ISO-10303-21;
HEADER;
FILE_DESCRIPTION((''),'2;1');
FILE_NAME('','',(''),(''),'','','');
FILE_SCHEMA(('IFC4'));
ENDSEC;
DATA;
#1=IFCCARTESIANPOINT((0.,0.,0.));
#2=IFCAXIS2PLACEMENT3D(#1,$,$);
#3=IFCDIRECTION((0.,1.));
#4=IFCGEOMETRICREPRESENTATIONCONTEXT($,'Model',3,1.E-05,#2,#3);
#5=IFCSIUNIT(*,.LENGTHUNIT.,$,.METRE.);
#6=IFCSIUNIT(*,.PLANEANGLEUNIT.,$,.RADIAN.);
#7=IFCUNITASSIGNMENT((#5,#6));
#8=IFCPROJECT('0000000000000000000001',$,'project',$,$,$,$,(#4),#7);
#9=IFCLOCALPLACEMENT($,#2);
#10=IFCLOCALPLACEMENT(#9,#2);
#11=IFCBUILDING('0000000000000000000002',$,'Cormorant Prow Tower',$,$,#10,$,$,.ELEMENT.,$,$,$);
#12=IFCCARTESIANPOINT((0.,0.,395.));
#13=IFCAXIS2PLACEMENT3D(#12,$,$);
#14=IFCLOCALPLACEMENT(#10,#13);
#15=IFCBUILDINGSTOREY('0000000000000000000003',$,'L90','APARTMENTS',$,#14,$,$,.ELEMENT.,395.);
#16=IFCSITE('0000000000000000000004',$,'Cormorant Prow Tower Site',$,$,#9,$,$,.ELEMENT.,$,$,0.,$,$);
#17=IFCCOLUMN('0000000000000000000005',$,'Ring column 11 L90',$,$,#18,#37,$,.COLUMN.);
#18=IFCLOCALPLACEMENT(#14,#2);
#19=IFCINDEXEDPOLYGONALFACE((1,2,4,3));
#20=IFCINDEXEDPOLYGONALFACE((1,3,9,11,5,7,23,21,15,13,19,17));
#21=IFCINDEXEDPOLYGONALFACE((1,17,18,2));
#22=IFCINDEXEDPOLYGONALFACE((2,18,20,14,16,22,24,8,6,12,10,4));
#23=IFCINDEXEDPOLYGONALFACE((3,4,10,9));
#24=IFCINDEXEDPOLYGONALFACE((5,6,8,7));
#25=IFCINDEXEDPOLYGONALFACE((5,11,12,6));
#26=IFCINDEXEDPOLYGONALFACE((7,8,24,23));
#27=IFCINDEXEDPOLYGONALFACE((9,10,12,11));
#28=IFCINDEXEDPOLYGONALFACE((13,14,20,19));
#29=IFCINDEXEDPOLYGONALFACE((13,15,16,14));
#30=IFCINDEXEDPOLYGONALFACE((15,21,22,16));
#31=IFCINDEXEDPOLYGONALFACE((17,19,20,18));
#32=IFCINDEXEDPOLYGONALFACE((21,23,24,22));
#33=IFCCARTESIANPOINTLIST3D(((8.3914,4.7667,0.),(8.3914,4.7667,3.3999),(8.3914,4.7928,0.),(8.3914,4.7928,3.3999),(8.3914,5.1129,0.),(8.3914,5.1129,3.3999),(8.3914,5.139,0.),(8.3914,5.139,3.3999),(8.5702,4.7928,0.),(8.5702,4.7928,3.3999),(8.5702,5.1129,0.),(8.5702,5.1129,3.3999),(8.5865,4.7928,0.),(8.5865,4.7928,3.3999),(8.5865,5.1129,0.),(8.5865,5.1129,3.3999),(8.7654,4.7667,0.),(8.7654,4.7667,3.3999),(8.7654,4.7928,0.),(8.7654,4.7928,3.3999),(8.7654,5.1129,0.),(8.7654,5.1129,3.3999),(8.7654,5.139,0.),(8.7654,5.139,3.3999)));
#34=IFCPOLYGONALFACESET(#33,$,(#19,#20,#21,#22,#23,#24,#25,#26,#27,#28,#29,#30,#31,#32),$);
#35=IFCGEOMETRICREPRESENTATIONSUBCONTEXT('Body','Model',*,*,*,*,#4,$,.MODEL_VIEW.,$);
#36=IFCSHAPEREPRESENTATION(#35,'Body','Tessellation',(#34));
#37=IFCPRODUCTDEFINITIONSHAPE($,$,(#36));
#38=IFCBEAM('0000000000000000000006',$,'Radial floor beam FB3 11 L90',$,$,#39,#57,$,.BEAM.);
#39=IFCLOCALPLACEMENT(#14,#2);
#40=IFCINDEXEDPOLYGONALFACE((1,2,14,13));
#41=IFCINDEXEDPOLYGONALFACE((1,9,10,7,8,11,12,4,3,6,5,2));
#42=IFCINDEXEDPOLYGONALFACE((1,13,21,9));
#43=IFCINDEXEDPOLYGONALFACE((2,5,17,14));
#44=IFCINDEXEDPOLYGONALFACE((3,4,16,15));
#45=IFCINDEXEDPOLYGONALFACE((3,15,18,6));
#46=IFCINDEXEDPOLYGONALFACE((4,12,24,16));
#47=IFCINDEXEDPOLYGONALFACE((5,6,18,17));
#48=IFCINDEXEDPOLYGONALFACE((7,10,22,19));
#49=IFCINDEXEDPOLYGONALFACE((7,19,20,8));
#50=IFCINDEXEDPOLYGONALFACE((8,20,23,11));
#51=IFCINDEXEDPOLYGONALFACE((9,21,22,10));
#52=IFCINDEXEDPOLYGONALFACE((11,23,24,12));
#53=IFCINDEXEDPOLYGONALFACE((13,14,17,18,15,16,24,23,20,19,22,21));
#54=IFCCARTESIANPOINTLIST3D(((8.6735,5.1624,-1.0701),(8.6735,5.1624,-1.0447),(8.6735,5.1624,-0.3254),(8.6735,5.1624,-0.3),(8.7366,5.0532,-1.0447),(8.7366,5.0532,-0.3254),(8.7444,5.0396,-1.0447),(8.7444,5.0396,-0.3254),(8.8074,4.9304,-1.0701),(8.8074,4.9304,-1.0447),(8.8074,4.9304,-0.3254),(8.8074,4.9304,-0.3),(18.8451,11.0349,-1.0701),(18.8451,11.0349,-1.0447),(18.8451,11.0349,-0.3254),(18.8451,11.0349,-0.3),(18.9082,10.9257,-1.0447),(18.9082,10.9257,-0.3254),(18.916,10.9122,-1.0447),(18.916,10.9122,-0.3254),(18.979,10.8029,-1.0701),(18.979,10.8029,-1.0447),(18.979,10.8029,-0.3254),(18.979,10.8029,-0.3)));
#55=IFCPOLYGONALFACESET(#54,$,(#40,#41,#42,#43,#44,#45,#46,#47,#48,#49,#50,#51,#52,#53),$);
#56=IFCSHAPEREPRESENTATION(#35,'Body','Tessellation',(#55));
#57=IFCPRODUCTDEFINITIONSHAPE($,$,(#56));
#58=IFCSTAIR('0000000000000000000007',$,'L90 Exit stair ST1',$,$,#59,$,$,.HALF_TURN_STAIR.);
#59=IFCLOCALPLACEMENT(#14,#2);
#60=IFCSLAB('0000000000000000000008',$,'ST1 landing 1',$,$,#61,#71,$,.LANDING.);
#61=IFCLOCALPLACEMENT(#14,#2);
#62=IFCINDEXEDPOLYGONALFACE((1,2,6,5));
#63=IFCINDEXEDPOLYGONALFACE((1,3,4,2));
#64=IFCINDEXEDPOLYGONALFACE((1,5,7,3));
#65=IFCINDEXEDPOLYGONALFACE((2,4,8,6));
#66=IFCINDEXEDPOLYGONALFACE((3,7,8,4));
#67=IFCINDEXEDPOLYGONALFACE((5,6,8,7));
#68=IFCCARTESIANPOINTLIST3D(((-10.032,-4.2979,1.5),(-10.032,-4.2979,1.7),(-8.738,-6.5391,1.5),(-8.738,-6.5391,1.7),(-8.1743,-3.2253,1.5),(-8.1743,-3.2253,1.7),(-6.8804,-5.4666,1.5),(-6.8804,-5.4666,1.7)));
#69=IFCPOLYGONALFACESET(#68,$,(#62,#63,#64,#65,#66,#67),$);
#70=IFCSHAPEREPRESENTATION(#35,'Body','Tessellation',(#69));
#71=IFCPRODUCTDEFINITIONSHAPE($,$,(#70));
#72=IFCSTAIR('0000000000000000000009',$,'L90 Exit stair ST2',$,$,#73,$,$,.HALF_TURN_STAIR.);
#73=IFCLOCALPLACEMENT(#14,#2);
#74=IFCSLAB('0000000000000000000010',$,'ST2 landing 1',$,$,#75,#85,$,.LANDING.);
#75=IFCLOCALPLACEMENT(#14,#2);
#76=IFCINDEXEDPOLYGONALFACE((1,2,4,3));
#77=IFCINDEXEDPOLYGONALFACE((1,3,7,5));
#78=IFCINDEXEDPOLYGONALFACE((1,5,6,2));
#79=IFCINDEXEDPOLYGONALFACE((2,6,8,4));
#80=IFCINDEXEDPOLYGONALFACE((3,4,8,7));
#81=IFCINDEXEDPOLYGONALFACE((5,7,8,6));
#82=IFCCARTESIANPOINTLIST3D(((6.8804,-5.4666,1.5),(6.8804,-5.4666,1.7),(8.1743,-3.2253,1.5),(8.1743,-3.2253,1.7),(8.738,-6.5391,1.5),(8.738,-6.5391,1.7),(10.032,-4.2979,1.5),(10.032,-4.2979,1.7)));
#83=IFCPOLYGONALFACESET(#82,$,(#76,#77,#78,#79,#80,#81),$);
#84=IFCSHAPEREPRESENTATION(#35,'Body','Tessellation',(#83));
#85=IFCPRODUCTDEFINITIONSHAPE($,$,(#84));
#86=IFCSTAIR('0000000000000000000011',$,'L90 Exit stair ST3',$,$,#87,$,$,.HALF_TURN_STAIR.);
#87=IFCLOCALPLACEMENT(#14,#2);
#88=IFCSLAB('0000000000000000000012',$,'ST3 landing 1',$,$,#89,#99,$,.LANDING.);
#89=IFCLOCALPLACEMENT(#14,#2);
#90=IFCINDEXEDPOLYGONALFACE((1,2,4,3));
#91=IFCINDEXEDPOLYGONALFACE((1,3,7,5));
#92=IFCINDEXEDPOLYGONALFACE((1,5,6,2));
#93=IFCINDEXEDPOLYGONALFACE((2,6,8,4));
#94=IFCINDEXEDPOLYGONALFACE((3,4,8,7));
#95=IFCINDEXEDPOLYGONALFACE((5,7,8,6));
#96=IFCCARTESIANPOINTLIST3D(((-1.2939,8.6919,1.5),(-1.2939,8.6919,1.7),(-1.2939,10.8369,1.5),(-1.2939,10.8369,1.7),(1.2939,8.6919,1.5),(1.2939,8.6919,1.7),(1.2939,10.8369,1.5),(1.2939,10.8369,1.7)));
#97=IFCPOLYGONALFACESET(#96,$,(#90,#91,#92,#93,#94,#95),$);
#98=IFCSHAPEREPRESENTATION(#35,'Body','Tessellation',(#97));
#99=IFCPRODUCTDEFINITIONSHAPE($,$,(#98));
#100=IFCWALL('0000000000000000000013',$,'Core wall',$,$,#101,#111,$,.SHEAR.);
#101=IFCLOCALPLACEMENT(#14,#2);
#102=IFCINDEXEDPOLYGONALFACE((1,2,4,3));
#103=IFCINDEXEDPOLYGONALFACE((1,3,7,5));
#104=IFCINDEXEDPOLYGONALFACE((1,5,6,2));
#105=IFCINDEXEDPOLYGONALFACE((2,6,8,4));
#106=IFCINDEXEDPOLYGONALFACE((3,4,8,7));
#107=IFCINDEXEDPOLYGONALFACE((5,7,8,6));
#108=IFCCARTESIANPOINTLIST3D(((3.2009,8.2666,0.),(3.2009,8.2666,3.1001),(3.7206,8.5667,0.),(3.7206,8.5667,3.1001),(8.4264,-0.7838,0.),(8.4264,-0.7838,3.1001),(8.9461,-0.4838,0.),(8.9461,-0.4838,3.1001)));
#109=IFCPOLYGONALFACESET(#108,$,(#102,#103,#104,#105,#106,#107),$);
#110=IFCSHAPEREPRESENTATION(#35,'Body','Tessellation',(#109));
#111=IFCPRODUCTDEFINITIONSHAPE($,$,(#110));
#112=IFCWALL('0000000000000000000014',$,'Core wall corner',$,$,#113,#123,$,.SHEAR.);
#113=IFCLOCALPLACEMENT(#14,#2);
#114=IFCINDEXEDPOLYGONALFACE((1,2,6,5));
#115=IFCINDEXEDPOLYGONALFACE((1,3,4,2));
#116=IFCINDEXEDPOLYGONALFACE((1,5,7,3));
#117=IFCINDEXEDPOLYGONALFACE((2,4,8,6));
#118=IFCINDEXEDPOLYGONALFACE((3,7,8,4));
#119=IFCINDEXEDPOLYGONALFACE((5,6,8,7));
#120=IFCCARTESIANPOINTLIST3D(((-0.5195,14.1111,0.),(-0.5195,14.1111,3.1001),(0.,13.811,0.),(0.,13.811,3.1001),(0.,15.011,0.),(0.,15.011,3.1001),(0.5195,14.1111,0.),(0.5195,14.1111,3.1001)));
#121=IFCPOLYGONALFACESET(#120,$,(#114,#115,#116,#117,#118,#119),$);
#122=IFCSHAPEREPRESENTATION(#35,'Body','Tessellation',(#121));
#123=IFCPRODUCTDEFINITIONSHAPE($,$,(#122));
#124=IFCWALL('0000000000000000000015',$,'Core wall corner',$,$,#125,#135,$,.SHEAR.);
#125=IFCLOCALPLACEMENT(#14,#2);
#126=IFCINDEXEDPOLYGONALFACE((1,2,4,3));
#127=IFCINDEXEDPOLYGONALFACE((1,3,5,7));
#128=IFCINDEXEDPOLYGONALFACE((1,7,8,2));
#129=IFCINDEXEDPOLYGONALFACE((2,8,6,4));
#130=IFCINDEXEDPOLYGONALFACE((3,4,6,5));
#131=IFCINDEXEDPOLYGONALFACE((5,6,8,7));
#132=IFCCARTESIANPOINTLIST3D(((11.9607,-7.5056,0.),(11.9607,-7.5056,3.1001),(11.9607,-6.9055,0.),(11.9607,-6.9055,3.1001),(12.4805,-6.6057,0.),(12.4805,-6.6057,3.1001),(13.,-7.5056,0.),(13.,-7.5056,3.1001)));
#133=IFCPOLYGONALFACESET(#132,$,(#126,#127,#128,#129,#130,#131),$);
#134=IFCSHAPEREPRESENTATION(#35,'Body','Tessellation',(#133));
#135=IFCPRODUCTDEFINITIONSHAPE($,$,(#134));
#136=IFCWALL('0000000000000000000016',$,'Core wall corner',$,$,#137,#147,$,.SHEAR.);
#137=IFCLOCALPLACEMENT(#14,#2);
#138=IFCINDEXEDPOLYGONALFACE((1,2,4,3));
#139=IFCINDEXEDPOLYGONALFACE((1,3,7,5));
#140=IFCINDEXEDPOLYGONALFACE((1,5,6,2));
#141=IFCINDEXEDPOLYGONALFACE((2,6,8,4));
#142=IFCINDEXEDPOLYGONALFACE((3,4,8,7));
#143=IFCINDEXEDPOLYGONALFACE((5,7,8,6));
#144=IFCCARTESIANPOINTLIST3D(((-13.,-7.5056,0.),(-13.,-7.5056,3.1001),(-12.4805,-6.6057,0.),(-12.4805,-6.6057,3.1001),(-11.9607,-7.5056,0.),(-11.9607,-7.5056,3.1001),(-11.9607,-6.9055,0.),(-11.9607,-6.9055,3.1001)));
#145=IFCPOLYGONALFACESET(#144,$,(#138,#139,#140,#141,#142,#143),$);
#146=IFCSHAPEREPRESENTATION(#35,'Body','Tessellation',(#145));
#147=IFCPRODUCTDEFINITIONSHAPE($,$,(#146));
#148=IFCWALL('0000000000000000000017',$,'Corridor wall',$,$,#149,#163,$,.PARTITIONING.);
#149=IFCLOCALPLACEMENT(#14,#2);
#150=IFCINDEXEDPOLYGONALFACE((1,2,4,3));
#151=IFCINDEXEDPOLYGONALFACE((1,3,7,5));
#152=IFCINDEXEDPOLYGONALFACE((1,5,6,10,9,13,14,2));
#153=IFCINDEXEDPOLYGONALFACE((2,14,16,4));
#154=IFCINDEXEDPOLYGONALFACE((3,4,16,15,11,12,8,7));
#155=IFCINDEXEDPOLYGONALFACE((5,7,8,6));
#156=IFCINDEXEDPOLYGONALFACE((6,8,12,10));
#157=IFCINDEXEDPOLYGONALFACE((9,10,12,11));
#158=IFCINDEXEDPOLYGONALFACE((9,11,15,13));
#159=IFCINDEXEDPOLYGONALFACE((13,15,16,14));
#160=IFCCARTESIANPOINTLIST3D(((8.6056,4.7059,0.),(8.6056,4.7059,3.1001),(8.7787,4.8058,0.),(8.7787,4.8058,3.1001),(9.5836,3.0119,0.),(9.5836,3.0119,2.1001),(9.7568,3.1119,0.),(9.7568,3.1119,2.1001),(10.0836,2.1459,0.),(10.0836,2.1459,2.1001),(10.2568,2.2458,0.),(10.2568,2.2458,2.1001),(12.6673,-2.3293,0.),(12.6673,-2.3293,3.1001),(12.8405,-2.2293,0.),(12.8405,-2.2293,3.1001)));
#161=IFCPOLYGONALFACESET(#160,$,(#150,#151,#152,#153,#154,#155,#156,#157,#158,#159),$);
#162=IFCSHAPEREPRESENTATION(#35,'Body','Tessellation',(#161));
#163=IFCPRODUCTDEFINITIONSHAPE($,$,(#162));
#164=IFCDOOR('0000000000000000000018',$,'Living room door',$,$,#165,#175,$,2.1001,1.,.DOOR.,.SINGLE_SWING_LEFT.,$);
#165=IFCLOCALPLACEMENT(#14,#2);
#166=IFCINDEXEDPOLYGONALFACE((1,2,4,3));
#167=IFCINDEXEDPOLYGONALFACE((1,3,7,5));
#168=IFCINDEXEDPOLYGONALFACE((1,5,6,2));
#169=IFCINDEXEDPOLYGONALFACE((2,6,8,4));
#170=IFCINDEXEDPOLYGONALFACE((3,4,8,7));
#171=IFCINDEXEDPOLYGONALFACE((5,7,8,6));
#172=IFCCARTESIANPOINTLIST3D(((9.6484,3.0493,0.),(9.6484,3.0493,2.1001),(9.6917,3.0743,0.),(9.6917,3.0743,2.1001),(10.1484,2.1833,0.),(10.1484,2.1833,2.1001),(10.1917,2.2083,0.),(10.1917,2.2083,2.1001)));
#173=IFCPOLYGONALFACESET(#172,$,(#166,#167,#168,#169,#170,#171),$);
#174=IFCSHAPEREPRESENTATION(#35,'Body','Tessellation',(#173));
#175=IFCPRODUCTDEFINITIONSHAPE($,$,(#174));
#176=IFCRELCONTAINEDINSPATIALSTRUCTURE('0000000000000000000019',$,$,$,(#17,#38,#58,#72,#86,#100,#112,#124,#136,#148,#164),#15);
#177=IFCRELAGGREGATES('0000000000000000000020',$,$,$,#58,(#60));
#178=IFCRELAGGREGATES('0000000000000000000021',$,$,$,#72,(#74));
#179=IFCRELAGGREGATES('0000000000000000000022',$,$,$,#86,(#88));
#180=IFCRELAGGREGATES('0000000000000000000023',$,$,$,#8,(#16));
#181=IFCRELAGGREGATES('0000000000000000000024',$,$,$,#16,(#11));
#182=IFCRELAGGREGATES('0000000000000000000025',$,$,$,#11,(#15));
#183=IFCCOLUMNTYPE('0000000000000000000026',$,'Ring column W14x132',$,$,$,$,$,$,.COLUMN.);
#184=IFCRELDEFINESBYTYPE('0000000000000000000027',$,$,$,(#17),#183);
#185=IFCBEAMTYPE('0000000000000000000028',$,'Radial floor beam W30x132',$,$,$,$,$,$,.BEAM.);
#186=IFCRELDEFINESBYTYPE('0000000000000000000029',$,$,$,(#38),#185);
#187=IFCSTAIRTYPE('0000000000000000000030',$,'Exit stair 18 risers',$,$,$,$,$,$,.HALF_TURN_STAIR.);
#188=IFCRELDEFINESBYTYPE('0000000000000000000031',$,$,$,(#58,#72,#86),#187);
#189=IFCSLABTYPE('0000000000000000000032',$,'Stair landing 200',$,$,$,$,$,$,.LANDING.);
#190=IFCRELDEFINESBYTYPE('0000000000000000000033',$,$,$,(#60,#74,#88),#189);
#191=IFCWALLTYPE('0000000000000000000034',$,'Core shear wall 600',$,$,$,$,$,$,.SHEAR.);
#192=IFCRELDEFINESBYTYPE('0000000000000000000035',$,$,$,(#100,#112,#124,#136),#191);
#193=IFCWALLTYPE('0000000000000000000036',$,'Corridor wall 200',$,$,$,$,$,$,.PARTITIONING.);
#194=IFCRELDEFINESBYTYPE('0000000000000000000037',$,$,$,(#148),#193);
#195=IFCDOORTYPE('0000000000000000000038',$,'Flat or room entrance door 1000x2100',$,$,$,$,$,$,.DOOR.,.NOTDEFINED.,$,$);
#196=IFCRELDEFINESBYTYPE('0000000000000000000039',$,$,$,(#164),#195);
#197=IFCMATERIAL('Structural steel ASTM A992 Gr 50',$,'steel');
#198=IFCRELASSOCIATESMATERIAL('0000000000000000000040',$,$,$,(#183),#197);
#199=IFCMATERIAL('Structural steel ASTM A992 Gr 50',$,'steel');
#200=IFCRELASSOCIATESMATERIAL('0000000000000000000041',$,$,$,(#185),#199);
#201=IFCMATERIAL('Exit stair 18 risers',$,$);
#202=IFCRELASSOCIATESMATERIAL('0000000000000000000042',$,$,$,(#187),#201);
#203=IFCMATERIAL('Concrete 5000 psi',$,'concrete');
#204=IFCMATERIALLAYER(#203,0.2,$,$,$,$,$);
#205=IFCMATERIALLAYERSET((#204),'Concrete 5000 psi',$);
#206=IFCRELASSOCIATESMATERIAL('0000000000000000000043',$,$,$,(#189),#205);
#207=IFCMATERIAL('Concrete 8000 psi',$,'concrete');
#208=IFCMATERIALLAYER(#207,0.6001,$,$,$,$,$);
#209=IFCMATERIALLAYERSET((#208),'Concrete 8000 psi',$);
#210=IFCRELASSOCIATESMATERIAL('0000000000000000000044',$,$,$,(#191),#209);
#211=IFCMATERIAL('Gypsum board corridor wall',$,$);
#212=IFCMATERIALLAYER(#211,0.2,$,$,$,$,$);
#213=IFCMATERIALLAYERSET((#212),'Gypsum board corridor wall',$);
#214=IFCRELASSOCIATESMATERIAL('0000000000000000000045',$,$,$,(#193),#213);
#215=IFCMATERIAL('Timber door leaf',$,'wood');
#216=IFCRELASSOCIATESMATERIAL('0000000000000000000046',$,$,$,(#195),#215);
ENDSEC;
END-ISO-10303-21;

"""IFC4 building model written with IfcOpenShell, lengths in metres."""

from ifc_helpers import new_model, si_unit, direction, frame, frame_2d, origin, origin_2d, place, context, subcontext, project, spatial, polyline, rectangle, i_section, outline, extrude, material, layer, layer_set, material_profile, profile_set, type_object, element, fill, aggregate, save


model = new_model("IFC4")

# Units and contexts
model_context = context("Model", 3, precision=1e-05, world=origin(), true_north=direction((0.0, 1.0)))
body_context = subcontext(model_context, "Body", "Model", "MODEL_VIEW")
ifc_project = project(units=[si_unit("LENGTHUNIT", "METRE"), si_unit("PLANEANGLEUNIT", "RADIAN")], contexts=[model_context])

# Site, building, storey
site_placement = place(None, origin())
site = spatial("IfcSite", under=ifc_project, at=site_placement, Name="Cormorant Prow Tower Site", CompositionType="ELEMENT", RefElevation=0.0)
building_placement = place(site_placement, origin())
building = spatial("IfcBuilding", under=site, at=building_placement, Name="Cormorant Prow Tower", CompositionType="ELEMENT")
storey_placement = place(building_placement, frame((0.0, 0.0, 395.0)))
storey = spatial("IfcBuildingStorey", under=building, at=storey_placement, Name="L90", Description="APARTMENTS", CompositionType="ELEMENT", Elevation=395.0)

# Column
ifc_material_1 = material(Name="Structural steel ASTM A992 Gr 50", Category="steel")
ifc_material_profile_1 = material_profile(ifc_material_1, i_section(OverallWidth=0.374, OverallDepth=0.3723, WebThickness=0.0164, FlangeThickness=0.0261, at=origin_2d()), Name="W14x132")
ifc_profile_set_1 = profile_set([ifc_material_profile_1], Name="Structural steel ASTM A992 Gr 50")
column_type = type_object("IfcColumnType", Name="Ring column W14x132", PredefinedType="COLUMN", material=ifc_profile_set_1)
column_placement = place(storey_placement, frame((8.5784, 4.9529, 0.0), z_axis=(0.0, 0.0, 1.0), x_axis=(1.0, 0.0, 0.0)))
element("IfcColumn", 1, at=column_placement, inside=storey, type_object=column_type, Name="Ring column 11 L90", PredefinedType="COLUMN", context=body_context, shape_type="SweptSolid", body=[
    extrude(i_section(OverallWidth=0.374, OverallDepth=0.3723, WebThickness=0.0164, FlangeThickness=0.0261, at=origin_2d()), origin(), (0.0, 0.0, 1.0), 3.3999),
])

# Beam
ifc_material_2 = material(Name="Structural steel ASTM A992 Gr 50", Category="steel")
ifc_material_profile_2 = material_profile(ifc_material_2, i_section(OverallWidth=0.2678, OverallDepth=0.77, WebThickness=0.0156, FlangeThickness=0.0254, at=origin_2d()), Name="W30x132")
ifc_profile_set_2 = profile_set([ifc_material_profile_2], Name="Structural steel ASTM A992 Gr 50")
beam_type = type_object("IfcBeamType", Name="Radial floor beam W30x132", PredefinedType="BEAM", material=ifc_profile_set_2)
beam_placement = place(storey_placement, frame((8.7405, 5.0464, -0.6851), z_axis=(0.866027, 0.499998, 0.0), x_axis=(-0.499998, 0.866027, 0.0)))
element("IfcBeam", 2, at=beam_placement, inside=storey, type_object=beam_type, Name="Radial floor beam FB3 11 L90", PredefinedType="BEAM", context=body_context, shape_type="SweptSolid", body=[
    extrude(i_section(OverallWidth=0.2678, OverallDepth=0.77, WebThickness=0.0156, FlangeThickness=0.0254, at=origin_2d()), origin(), (0.0, 0.0, 1.0), 11.7451),
])

# Stairs, slabs
ifc_material_3 = material(Name="Exit stair 18 risers")
stair_type = type_object("IfcStairType", Name="Exit stair 18 risers", PredefinedType="HALF_TURN_STAIR", material=ifc_material_3)
stair_1_placement = place(storey_placement, origin())
stair_1 = element("IfcStair", 3, at=stair_1_placement, inside=storey, type_object=stair_type, Name="L90 Exit stair ST1", PredefinedType="HALF_TURN_STAIR")
ifc_material_4 = material(Name="Concrete 5000 psi", Category="concrete")
ifc_layer_1 = layer(ifc_material_4, 0.2)
ifc_layer_set_1 = layer_set([ifc_layer_1], Name="Concrete 5000 psi")
slab_type = type_object("IfcSlabType", Name="Stair landing 200", PredefinedType="LANDING", material=ifc_layer_set_1)
slab_1_placement = place(storey_placement, frame((0.0, 0.0, 1.5)))
slab_1 = element("IfcSlab", 4, at=slab_1_placement, type_object=slab_type, Name="ST1 landing 1", PredefinedType="LANDING", context=body_context, shape_type="SweptSolid", body=[
    extrude(outline(polyline([(-8.1743, -3.2253), (-10.032, -4.2979), (-8.738, -6.5391), (-6.8804, -5.4666), (-8.1743, -3.2253)])), origin(), (0.0, 0.0, 1.0), 0.2),
])
aggregate(stair_1, [slab_1])
stair_2_placement = place(storey_placement, origin())
stair_2 = element("IfcStair", 5, at=stair_2_placement, inside=storey, type_object=stair_type, Name="L90 Exit stair ST2", PredefinedType="HALF_TURN_STAIR")
slab_2_placement = place(storey_placement, frame((0.0, 0.0, 1.5)))
slab_2 = element("IfcSlab", 6, at=slab_2_placement, type_object=slab_type, Name="ST2 landing 1", PredefinedType="LANDING", context=body_context, shape_type="SweptSolid", body=[
    extrude(outline(polyline([(6.8804, -5.4666), (8.738, -6.5391), (10.032, -4.2979), (8.1743, -3.2253), (6.8804, -5.4666)])), origin(), (0.0, 0.0, 1.0), 0.2),
])
aggregate(stair_2, [slab_2])
stair_3_placement = place(storey_placement, origin())
stair_3 = element("IfcStair", 7, at=stair_3_placement, inside=storey, type_object=stair_type, Name="L90 Exit stair ST3", PredefinedType="HALF_TURN_STAIR")
slab_3_placement = place(storey_placement, frame((0.0, 0.0, 1.5)))
slab_3 = element("IfcSlab", 8, at=slab_3_placement, type_object=slab_type, Name="ST3 landing 1", PredefinedType="LANDING", context=body_context, shape_type="SweptSolid", body=[
    extrude(outline(polyline([(1.2939, 8.6919), (1.2939, 10.8369), (-1.2939, 10.8369), (-1.2939, 8.6919), (1.2939, 8.6919)])), origin(), (0.0, 0.0, 1.0), 0.2),
])

# Walls
ifc_material_5 = material(Name="Concrete 8000 psi", Category="concrete")
ifc_layer_2 = layer(ifc_material_5, 0.6001)
ifc_layer_set_2 = layer_set([ifc_layer_2], Name="Concrete 8000 psi")
wall_type_1 = type_object("IfcWallType", Name="Core shear wall 600", PredefinedType="SHEAR", material=ifc_layer_set_2)
wall_1_placement = place(storey_placement, frame((8.6863, -0.6338, 0.0), z_axis=(0.0, 0.0, 1.0), x_axis=(-0.500018, 0.866015, 0.0)))
element("IfcWall", 9, at=wall_1_placement, inside=storey, type_object=wall_type_1, Name="Core wall", PredefinedType="SHEAR", context=body_context, shape_type="SweptSolid", body=[
    extrude(rectangle(XDim=10.4507, YDim=0.6001, at=frame_2d((5.2253, 0.0))), origin(), (0.0, 0.0, 1.0), 3.1001),
])
wall_2_placement = place(storey_placement, origin())
element("IfcWall", 10, at=wall_2_placement, inside=storey, type_object=wall_type_1, Name="Core wall corner", PredefinedType="SHEAR", context=body_context, shape_type="SweptSolid", body=[
    extrude(outline(polyline([(0.0, 13.811), (-0.5195, 14.1111), (0.0, 15.011), (0.5195, 14.1111), (0.0, 13.811)])), origin(), (0.0, 0.0, 1.0), 3.1001),
])
wall_3_placement = place(storey_placement, origin())
element("IfcWall", 11, at=wall_3_placement, inside=storey, type_object=wall_type_1, Name="Core wall corner", PredefinedType="SHEAR", context=body_context, shape_type="SweptSolid", body=[
    extrude(outline(polyline([(11.9607, -7.5056), (11.9607, -6.9055), (12.4805, -6.6057), (13.0, -7.5056), (11.9607, -7.5056)])), origin(), (0.0, 0.0, 1.0), 3.1001),
])
wall_4_placement = place(storey_placement, origin())
element("IfcWall", 12, at=wall_4_placement, inside=storey, type_object=wall_type_1, Name="Core wall corner", PredefinedType="SHEAR", context=body_context, shape_type="SweptSolid", body=[
    extrude(outline(polyline([(-12.4805, -6.6057), (-11.9607, -6.9055), (-11.9607, -7.5056), (-13.0, -7.5056), (-12.4805, -6.6057)])), origin(), (0.0, 0.0, 1.0), 3.1001),
])

# Wall, opening, door
ifc_material_6 = material(Name="Gypsum board corridor wall")
ifc_layer_3 = layer(ifc_material_6, 0.2)
ifc_layer_set_3 = layer_set([ifc_layer_3], Name="Gypsum board corridor wall")
wall_type_2 = type_object("IfcWallType", Name="Corridor wall 200", PredefinedType="PARTITIONING", material=ifc_layer_set_3)
wall_5_placement = place(storey_placement, frame((8.6921, 4.7559, 0.0), z_axis=(0.0, 0.0, 1.0), x_axis=(0.500002, -0.866024, 0.0)))
wall_5 = element("IfcWall", 13, at=wall_5_placement, inside=storey, type_object=wall_type_2, Name="Corridor wall", PredefinedType="PARTITIONING", context=body_context, shape_type="SweptSolid", body=[
    extrude(rectangle(XDim=8.1235, YDim=0.2, at=frame_2d((4.0618, 0.0))), origin(), (0.0, 0.0, 1.0), 3.1001),
])
opening_1_placement = place(wall_5_placement, frame((1.9561, 0.0, 0.0)))
opening_1 = element("IfcOpeningElement", 14, at=opening_1_placement, cuts=wall_5, PredefinedType="OPENING", context=body_context, shape_type="SweptSolid", body=[
    extrude(rectangle(XDim=1.0, YDim=2.1001, at=frame_2d((0.5, 1.05))), frame((0.0, 0.1099, 0.0), z_axis=(0.0, -1.0, 0.0), x_axis=(1.0, 0.0, 0.0)), (0.0, 0.0, 1.0), 0.22),
])
ifc_material_7 = material(Name="Timber door leaf", Category="wood")
door_type_1 = type_object("IfcDoorType", Name="Flat or room entrance door 1000x2100", OperationType="NOTDEFINED", PredefinedType="DOOR", material=ifc_material_7)
door_1_placement = place(opening_1_placement, origin())
door_1 = element("IfcDoor", 15, at=door_1_placement, inside=storey, type_object=door_type_1, Name="Living room door", OperationType="SINGLE_SWING_LEFT", OverallHeight=2.1001, OverallWidth=1.0, PredefinedType="DOOR", context=body_context, shape_type="SweptSolid", body=[
    extrude(rectangle(XDim=1.0, YDim=2.1001, at=frame_2d((0.5, 1.05))), frame((0.0, 0.0249, 0.0), z_axis=(0.0, -1.0, 0.0), x_axis=(1.0, 0.0, 0.0)), (0.0, 0.0, 1.0), 0.05),
])
fill(opening_1, door_1)

aggregate(stair_3, [slab_3])

save(model, "model.ifc")
